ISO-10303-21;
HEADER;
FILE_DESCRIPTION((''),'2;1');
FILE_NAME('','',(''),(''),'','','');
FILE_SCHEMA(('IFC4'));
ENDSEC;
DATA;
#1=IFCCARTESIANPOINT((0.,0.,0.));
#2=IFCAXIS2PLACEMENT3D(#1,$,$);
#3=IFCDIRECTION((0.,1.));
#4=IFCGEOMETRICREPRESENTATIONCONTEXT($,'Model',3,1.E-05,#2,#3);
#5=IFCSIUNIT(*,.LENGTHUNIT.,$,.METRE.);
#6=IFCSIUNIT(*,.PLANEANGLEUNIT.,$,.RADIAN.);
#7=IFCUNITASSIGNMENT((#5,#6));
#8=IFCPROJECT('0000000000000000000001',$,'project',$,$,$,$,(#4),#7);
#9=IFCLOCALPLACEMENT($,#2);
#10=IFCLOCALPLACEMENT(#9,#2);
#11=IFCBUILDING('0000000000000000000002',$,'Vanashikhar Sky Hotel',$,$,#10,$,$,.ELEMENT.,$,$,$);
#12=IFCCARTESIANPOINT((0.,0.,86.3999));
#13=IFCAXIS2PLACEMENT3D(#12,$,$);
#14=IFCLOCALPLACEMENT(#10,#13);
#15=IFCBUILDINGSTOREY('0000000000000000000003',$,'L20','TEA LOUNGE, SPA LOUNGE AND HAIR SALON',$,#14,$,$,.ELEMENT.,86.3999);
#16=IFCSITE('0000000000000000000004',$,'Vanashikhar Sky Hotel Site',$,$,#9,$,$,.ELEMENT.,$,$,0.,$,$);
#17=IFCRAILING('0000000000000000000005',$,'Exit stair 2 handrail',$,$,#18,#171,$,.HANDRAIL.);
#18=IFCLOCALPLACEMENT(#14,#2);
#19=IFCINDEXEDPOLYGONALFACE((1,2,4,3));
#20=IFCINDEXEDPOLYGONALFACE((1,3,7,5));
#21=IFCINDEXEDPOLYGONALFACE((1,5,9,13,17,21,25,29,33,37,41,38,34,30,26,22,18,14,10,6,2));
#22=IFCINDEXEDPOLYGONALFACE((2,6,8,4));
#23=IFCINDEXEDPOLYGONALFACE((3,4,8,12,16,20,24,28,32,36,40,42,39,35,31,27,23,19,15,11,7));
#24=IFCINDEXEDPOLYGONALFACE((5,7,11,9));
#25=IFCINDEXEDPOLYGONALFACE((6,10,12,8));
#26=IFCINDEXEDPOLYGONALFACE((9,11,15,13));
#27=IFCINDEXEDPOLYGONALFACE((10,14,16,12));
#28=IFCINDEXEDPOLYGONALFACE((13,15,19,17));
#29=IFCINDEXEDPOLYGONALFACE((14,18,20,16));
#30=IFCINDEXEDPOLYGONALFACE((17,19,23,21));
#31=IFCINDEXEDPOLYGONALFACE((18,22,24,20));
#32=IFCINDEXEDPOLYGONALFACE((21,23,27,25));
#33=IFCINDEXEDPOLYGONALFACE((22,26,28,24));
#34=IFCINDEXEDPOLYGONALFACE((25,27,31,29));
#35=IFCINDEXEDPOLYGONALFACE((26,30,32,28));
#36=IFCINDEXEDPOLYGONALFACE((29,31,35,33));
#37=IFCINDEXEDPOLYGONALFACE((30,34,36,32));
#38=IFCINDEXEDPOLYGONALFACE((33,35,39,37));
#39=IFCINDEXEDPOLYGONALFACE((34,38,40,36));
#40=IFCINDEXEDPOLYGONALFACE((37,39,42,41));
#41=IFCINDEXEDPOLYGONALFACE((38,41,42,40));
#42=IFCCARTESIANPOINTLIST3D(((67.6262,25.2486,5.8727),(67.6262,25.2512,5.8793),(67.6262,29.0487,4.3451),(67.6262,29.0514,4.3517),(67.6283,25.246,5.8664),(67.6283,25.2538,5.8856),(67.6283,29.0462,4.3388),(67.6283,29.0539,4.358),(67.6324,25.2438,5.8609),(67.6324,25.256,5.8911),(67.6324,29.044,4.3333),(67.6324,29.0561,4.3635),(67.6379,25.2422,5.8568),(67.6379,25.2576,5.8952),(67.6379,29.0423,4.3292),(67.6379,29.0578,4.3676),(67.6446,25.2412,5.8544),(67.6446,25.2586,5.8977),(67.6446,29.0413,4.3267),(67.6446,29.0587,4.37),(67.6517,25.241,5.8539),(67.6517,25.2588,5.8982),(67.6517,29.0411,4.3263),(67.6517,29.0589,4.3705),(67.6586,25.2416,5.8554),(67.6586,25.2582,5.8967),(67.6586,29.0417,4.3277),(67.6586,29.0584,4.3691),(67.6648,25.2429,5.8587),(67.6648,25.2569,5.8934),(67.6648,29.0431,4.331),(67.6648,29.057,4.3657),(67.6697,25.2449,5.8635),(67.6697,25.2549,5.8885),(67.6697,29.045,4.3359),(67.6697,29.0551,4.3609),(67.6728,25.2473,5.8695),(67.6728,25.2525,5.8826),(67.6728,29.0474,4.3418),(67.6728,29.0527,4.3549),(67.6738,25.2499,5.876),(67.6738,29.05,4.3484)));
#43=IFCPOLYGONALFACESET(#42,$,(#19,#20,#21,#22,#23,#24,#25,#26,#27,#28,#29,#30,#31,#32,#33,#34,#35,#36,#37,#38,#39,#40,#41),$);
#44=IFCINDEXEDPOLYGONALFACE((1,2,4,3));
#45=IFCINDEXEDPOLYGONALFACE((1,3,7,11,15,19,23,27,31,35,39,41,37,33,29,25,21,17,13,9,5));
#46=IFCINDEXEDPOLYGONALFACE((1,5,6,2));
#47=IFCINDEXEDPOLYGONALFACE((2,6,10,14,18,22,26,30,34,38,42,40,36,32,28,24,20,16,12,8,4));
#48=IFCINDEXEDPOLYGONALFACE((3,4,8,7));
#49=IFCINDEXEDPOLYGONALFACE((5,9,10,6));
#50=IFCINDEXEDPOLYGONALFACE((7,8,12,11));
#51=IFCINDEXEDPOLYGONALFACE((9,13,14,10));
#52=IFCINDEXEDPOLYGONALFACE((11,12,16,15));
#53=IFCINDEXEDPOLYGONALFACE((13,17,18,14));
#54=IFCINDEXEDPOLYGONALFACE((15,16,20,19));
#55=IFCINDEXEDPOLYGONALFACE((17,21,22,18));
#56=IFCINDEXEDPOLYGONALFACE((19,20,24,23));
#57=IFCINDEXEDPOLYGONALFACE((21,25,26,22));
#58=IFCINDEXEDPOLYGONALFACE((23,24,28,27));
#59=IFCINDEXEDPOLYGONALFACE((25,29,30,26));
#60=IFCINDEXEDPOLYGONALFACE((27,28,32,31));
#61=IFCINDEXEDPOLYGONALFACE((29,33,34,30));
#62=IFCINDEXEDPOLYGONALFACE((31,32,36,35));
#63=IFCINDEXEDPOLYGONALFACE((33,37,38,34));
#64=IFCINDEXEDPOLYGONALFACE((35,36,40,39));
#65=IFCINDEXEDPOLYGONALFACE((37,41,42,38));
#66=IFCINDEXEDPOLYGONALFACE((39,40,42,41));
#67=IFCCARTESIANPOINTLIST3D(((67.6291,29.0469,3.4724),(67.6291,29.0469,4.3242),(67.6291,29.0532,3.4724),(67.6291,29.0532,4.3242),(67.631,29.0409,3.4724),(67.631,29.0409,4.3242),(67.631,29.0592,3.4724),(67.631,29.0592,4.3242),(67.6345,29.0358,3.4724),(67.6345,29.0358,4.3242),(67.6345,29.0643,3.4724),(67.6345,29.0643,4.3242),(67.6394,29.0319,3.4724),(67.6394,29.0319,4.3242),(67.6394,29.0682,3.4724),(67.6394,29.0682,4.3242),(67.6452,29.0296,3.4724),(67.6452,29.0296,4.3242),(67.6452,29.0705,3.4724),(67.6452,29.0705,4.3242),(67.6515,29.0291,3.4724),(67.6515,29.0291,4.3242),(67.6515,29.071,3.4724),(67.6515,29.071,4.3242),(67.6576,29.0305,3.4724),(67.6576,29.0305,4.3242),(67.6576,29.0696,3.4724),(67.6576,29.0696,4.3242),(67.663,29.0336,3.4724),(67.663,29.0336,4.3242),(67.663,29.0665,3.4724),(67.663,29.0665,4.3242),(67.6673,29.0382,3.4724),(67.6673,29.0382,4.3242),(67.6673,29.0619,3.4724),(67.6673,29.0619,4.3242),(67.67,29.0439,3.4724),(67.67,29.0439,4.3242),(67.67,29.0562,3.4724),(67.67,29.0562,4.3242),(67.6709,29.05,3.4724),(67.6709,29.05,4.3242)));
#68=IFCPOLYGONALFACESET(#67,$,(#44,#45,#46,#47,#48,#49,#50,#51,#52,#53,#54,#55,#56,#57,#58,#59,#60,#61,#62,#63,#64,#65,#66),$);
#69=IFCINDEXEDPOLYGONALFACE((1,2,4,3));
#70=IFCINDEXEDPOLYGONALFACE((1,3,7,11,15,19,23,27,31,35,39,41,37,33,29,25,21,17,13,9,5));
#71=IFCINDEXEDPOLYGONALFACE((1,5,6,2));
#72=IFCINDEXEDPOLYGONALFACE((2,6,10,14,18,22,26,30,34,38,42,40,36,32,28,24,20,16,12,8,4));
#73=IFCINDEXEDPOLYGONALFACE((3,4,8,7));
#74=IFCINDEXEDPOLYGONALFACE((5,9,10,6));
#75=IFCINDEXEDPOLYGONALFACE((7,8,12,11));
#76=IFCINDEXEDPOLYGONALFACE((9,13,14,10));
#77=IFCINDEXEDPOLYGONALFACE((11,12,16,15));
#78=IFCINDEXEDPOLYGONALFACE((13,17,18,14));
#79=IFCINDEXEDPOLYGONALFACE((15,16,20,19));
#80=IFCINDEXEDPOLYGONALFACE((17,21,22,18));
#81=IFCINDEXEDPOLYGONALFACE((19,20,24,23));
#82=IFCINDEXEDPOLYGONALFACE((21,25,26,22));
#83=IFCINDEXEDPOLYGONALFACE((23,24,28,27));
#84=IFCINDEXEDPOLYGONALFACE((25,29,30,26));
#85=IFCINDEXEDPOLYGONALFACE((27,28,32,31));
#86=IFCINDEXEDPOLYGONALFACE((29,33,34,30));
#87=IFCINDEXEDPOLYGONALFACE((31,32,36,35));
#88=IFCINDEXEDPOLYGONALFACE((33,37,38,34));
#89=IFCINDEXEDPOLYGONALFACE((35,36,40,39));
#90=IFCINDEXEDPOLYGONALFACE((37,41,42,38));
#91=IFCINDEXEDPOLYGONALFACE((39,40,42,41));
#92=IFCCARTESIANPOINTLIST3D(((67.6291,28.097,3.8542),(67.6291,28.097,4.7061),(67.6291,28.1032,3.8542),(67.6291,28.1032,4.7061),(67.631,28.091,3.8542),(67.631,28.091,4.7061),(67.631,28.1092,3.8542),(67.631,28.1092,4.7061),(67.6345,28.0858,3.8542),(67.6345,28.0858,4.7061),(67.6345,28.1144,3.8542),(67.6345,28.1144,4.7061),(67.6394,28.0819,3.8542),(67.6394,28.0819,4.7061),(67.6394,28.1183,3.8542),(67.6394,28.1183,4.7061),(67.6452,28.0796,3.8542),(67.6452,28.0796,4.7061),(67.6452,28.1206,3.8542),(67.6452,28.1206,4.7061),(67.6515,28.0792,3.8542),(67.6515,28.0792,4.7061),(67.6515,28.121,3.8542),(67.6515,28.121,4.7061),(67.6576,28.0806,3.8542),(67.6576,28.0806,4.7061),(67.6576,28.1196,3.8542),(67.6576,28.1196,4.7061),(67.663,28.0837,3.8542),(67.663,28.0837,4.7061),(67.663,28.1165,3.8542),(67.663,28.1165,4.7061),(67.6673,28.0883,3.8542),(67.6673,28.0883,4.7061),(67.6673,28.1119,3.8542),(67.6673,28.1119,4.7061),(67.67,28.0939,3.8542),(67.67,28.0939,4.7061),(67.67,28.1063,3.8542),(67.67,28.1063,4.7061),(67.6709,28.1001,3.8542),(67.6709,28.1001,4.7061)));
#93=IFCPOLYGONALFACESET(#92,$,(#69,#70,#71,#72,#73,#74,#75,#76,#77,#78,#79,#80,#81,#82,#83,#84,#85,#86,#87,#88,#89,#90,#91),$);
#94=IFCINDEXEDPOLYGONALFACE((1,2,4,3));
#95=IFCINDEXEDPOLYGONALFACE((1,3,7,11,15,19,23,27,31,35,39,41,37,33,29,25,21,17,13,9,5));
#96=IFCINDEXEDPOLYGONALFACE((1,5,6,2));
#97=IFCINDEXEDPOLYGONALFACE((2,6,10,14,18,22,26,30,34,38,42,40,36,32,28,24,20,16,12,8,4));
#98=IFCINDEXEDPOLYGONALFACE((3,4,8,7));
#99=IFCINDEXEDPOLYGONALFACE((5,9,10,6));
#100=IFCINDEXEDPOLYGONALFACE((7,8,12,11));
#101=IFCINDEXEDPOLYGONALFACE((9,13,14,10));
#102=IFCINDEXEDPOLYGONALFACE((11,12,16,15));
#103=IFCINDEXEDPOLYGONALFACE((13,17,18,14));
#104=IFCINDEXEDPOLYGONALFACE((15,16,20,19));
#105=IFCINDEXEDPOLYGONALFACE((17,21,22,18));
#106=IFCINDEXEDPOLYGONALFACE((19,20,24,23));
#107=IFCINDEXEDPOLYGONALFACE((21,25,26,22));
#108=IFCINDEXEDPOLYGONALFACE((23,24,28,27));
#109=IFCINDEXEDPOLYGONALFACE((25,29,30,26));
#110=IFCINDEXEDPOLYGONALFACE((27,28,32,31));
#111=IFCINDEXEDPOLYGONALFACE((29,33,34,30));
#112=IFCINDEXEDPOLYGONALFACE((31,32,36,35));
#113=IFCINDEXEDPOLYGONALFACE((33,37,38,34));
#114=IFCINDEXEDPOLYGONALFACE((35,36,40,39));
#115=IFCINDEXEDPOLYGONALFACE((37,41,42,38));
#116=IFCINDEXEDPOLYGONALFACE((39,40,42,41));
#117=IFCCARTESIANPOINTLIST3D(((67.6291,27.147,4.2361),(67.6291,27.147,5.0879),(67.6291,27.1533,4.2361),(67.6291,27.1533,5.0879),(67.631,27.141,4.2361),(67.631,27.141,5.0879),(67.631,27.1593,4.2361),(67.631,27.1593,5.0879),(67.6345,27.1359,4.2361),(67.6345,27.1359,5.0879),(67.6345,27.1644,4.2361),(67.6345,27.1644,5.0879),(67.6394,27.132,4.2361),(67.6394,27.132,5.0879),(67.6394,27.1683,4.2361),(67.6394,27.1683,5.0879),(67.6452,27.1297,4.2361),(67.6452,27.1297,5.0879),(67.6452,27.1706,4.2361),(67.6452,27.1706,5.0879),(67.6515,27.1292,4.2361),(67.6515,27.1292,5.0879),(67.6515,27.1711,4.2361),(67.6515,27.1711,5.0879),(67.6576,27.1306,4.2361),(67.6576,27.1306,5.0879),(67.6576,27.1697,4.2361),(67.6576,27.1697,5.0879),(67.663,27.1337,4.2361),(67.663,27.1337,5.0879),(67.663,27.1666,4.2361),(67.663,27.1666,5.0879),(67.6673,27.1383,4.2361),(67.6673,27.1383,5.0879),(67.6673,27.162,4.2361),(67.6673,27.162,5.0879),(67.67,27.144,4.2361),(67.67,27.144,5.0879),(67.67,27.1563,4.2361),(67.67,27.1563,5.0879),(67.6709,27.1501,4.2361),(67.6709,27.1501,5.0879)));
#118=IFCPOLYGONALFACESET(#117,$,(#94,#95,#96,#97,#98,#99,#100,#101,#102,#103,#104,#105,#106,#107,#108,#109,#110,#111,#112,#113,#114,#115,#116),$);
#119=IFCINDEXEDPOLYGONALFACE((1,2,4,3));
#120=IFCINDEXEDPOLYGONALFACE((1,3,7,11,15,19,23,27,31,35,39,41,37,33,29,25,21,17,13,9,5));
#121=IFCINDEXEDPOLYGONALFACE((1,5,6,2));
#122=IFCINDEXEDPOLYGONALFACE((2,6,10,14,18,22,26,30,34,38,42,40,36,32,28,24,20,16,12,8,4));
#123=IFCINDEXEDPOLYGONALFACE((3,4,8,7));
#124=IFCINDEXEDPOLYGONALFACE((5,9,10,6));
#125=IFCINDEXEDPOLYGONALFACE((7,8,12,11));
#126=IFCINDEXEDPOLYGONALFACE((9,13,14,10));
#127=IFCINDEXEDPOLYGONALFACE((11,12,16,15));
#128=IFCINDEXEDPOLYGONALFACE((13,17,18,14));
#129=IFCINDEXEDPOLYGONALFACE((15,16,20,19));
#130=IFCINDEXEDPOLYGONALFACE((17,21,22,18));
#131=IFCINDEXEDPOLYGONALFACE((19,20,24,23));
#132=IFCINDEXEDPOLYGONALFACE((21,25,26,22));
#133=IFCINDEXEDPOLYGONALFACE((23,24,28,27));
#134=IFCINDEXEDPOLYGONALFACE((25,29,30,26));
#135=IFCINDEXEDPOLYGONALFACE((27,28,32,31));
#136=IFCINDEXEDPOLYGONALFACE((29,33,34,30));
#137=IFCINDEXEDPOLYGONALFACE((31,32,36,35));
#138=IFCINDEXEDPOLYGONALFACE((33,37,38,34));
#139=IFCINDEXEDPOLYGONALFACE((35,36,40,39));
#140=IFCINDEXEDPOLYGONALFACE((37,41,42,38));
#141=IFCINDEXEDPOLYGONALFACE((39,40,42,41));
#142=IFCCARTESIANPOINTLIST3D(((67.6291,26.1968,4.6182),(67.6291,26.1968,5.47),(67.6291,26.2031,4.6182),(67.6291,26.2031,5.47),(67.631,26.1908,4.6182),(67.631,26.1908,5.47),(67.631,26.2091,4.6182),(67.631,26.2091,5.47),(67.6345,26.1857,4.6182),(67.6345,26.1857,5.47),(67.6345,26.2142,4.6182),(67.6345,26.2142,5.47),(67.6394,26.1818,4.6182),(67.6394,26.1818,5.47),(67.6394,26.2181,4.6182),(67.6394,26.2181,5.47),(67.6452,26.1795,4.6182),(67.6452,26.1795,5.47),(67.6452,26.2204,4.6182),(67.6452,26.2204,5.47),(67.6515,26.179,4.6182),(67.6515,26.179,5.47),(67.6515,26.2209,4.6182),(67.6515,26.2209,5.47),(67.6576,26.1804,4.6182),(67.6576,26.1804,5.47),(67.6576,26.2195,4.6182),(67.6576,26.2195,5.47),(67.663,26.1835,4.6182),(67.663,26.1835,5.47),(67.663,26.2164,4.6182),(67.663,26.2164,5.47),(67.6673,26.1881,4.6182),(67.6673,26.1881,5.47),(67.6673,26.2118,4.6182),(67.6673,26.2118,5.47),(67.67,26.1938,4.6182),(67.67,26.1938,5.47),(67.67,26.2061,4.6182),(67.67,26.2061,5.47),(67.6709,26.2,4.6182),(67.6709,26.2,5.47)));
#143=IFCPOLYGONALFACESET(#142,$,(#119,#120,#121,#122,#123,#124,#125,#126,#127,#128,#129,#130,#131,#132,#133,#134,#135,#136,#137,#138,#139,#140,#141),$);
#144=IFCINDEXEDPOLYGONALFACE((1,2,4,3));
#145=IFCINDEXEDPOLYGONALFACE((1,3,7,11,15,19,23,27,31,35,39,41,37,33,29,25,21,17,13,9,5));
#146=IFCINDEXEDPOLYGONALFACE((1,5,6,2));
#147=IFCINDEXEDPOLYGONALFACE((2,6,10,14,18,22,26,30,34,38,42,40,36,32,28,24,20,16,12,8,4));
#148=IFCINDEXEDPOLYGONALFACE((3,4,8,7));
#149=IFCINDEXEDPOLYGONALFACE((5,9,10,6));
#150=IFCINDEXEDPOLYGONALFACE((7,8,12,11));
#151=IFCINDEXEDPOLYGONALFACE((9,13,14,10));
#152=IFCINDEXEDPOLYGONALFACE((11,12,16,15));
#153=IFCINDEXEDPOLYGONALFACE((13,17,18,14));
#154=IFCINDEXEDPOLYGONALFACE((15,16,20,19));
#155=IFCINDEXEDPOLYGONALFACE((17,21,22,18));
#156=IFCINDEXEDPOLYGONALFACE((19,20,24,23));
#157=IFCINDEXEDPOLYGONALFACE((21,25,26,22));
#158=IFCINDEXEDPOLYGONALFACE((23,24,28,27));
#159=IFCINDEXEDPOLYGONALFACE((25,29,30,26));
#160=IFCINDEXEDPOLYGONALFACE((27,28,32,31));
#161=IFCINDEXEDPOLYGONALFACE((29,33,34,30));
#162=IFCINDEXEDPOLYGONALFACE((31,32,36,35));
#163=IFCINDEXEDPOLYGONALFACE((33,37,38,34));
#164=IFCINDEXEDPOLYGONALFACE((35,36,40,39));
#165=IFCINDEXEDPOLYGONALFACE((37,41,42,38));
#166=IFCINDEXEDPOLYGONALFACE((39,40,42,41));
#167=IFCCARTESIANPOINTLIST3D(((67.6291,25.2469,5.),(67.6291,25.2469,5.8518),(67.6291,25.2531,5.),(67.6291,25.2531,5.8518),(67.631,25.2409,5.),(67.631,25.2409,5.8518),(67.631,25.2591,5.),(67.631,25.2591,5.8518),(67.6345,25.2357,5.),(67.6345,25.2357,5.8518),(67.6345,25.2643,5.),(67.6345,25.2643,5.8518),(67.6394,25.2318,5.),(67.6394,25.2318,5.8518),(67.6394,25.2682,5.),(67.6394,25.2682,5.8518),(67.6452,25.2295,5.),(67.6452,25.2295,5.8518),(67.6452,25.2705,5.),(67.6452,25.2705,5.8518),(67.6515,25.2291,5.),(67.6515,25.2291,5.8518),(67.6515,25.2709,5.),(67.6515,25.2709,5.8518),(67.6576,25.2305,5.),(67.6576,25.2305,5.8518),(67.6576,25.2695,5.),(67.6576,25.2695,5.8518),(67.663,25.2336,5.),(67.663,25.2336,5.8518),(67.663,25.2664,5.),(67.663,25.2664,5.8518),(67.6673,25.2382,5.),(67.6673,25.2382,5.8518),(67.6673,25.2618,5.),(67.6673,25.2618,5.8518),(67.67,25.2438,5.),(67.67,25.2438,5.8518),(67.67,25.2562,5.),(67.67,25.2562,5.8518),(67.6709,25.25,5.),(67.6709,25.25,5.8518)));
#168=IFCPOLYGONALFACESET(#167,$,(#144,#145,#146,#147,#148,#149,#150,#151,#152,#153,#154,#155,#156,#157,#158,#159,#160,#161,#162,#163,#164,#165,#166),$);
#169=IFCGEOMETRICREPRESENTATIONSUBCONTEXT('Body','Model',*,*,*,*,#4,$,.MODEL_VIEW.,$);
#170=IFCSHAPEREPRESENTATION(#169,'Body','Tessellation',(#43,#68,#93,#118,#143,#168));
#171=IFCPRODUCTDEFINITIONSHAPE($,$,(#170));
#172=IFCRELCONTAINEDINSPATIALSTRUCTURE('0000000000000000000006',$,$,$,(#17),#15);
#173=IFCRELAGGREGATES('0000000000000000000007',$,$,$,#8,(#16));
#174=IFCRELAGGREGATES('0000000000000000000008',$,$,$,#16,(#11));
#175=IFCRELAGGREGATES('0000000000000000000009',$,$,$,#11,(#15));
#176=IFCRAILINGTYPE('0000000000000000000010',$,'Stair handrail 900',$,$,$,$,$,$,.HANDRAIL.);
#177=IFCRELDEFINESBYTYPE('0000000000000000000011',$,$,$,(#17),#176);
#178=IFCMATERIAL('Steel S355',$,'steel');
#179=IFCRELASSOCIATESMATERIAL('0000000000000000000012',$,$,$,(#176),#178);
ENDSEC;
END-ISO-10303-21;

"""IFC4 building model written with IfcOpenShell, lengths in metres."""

from ifc_helpers import new_model, si_unit, direction, frame, origin, origin_2d, place, context, subcontext, project, spatial, circle, extrude, source, transform, mapped, material, type_object, element, save


model = new_model("IFC4")

# Units and contexts
model_context = context("Model", 3, precision=1e-05, world=origin(), true_north=direction((0.0, 1.0)))
body_context = subcontext(model_context, "Body", "Model", "MODEL_VIEW")
ifc_project = project(units=[si_unit("LENGTHUNIT", "METRE"), si_unit("PLANEANGLEUNIT", "RADIAN")], contexts=[model_context])

# Site, building, storey
site_placement = place(None, origin())
site = spatial("IfcSite", under=ifc_project, at=site_placement, Name="Vanashikhar Sky Hotel Site", CompositionType="ELEMENT", RefElevation=0.0)
building_placement = place(site_placement, origin())
building = spatial("IfcBuilding", under=site, at=building_placement, Name="Vanashikhar Sky Hotel", CompositionType="ELEMENT")
storey_placement = place(building_placement, frame((0.0, 0.0, 86.3999)))
storey = spatial("IfcBuildingStorey", under=building, at=storey_placement, Name="L20", Description="TEA LOUNGE, SPA LOUNGE AND HAIR SALON", CompositionType="ELEMENT", Elevation=86.3999)

# Railing
ifc_material_1 = material(Name="Steel S355", Category="steel")
railing_type_1 = type_object("IfcRailingType", Name="Stair handrail 900", PredefinedType="HANDRAIL", material=ifc_material_1)
shared_shape_1 = source(origin(), body_context, "Body", "SweptSolid", [
    extrude(circle(Radius=0.0239, at=origin_2d()), frame((0.0, 0.0, 0.876), z_axis=(0.0, -0.927838, 0.372983), x_axis=(1.0, 0.0, 0.0)), (0.0, 0.0, 1.0), 4.0957),
    extrude(circle(Radius=0.021, at=origin_2d()), origin(), (0.0, 0.0, 1.0), 0.8518),
    extrude(circle(Radius=0.021, at=origin_2d()), frame((0.0, -0.95, 0.3818)), (0.0, 0.0, 1.0), 0.8518),
    extrude(circle(Radius=0.021, at=origin_2d()), frame((0.0, -1.8999, 0.7637)), (0.0, 0.0, 1.0), 0.8518),
    extrude(circle(Radius=0.021, at=origin_2d()), frame((0.0, -2.8501, 1.1458)), (0.0, 0.0, 1.0), 0.8518),
    extrude(circle(Radius=0.021, at=origin_2d()), frame((0.0, -3.8, 1.5276)), (0.0, 0.0, 1.0), 0.8518),
])
for number, where, name in (
    (1, (67.6499, 29.05, 3.4724), "Exit stair 2 handrail"),
):
    element("IfcRailing", number, at=place(storey_placement, frame(where)), inside=storey, type_object=railing_type_1, Name=name, PredefinedType="HANDRAIL", context=body_context, shape_type="MappedRepresentation", body=[
        mapped(shared_shape_1, transform((0.0, 0.0, 0.0), scale=1.0)),
    ])

save(model, "model.ifc")
